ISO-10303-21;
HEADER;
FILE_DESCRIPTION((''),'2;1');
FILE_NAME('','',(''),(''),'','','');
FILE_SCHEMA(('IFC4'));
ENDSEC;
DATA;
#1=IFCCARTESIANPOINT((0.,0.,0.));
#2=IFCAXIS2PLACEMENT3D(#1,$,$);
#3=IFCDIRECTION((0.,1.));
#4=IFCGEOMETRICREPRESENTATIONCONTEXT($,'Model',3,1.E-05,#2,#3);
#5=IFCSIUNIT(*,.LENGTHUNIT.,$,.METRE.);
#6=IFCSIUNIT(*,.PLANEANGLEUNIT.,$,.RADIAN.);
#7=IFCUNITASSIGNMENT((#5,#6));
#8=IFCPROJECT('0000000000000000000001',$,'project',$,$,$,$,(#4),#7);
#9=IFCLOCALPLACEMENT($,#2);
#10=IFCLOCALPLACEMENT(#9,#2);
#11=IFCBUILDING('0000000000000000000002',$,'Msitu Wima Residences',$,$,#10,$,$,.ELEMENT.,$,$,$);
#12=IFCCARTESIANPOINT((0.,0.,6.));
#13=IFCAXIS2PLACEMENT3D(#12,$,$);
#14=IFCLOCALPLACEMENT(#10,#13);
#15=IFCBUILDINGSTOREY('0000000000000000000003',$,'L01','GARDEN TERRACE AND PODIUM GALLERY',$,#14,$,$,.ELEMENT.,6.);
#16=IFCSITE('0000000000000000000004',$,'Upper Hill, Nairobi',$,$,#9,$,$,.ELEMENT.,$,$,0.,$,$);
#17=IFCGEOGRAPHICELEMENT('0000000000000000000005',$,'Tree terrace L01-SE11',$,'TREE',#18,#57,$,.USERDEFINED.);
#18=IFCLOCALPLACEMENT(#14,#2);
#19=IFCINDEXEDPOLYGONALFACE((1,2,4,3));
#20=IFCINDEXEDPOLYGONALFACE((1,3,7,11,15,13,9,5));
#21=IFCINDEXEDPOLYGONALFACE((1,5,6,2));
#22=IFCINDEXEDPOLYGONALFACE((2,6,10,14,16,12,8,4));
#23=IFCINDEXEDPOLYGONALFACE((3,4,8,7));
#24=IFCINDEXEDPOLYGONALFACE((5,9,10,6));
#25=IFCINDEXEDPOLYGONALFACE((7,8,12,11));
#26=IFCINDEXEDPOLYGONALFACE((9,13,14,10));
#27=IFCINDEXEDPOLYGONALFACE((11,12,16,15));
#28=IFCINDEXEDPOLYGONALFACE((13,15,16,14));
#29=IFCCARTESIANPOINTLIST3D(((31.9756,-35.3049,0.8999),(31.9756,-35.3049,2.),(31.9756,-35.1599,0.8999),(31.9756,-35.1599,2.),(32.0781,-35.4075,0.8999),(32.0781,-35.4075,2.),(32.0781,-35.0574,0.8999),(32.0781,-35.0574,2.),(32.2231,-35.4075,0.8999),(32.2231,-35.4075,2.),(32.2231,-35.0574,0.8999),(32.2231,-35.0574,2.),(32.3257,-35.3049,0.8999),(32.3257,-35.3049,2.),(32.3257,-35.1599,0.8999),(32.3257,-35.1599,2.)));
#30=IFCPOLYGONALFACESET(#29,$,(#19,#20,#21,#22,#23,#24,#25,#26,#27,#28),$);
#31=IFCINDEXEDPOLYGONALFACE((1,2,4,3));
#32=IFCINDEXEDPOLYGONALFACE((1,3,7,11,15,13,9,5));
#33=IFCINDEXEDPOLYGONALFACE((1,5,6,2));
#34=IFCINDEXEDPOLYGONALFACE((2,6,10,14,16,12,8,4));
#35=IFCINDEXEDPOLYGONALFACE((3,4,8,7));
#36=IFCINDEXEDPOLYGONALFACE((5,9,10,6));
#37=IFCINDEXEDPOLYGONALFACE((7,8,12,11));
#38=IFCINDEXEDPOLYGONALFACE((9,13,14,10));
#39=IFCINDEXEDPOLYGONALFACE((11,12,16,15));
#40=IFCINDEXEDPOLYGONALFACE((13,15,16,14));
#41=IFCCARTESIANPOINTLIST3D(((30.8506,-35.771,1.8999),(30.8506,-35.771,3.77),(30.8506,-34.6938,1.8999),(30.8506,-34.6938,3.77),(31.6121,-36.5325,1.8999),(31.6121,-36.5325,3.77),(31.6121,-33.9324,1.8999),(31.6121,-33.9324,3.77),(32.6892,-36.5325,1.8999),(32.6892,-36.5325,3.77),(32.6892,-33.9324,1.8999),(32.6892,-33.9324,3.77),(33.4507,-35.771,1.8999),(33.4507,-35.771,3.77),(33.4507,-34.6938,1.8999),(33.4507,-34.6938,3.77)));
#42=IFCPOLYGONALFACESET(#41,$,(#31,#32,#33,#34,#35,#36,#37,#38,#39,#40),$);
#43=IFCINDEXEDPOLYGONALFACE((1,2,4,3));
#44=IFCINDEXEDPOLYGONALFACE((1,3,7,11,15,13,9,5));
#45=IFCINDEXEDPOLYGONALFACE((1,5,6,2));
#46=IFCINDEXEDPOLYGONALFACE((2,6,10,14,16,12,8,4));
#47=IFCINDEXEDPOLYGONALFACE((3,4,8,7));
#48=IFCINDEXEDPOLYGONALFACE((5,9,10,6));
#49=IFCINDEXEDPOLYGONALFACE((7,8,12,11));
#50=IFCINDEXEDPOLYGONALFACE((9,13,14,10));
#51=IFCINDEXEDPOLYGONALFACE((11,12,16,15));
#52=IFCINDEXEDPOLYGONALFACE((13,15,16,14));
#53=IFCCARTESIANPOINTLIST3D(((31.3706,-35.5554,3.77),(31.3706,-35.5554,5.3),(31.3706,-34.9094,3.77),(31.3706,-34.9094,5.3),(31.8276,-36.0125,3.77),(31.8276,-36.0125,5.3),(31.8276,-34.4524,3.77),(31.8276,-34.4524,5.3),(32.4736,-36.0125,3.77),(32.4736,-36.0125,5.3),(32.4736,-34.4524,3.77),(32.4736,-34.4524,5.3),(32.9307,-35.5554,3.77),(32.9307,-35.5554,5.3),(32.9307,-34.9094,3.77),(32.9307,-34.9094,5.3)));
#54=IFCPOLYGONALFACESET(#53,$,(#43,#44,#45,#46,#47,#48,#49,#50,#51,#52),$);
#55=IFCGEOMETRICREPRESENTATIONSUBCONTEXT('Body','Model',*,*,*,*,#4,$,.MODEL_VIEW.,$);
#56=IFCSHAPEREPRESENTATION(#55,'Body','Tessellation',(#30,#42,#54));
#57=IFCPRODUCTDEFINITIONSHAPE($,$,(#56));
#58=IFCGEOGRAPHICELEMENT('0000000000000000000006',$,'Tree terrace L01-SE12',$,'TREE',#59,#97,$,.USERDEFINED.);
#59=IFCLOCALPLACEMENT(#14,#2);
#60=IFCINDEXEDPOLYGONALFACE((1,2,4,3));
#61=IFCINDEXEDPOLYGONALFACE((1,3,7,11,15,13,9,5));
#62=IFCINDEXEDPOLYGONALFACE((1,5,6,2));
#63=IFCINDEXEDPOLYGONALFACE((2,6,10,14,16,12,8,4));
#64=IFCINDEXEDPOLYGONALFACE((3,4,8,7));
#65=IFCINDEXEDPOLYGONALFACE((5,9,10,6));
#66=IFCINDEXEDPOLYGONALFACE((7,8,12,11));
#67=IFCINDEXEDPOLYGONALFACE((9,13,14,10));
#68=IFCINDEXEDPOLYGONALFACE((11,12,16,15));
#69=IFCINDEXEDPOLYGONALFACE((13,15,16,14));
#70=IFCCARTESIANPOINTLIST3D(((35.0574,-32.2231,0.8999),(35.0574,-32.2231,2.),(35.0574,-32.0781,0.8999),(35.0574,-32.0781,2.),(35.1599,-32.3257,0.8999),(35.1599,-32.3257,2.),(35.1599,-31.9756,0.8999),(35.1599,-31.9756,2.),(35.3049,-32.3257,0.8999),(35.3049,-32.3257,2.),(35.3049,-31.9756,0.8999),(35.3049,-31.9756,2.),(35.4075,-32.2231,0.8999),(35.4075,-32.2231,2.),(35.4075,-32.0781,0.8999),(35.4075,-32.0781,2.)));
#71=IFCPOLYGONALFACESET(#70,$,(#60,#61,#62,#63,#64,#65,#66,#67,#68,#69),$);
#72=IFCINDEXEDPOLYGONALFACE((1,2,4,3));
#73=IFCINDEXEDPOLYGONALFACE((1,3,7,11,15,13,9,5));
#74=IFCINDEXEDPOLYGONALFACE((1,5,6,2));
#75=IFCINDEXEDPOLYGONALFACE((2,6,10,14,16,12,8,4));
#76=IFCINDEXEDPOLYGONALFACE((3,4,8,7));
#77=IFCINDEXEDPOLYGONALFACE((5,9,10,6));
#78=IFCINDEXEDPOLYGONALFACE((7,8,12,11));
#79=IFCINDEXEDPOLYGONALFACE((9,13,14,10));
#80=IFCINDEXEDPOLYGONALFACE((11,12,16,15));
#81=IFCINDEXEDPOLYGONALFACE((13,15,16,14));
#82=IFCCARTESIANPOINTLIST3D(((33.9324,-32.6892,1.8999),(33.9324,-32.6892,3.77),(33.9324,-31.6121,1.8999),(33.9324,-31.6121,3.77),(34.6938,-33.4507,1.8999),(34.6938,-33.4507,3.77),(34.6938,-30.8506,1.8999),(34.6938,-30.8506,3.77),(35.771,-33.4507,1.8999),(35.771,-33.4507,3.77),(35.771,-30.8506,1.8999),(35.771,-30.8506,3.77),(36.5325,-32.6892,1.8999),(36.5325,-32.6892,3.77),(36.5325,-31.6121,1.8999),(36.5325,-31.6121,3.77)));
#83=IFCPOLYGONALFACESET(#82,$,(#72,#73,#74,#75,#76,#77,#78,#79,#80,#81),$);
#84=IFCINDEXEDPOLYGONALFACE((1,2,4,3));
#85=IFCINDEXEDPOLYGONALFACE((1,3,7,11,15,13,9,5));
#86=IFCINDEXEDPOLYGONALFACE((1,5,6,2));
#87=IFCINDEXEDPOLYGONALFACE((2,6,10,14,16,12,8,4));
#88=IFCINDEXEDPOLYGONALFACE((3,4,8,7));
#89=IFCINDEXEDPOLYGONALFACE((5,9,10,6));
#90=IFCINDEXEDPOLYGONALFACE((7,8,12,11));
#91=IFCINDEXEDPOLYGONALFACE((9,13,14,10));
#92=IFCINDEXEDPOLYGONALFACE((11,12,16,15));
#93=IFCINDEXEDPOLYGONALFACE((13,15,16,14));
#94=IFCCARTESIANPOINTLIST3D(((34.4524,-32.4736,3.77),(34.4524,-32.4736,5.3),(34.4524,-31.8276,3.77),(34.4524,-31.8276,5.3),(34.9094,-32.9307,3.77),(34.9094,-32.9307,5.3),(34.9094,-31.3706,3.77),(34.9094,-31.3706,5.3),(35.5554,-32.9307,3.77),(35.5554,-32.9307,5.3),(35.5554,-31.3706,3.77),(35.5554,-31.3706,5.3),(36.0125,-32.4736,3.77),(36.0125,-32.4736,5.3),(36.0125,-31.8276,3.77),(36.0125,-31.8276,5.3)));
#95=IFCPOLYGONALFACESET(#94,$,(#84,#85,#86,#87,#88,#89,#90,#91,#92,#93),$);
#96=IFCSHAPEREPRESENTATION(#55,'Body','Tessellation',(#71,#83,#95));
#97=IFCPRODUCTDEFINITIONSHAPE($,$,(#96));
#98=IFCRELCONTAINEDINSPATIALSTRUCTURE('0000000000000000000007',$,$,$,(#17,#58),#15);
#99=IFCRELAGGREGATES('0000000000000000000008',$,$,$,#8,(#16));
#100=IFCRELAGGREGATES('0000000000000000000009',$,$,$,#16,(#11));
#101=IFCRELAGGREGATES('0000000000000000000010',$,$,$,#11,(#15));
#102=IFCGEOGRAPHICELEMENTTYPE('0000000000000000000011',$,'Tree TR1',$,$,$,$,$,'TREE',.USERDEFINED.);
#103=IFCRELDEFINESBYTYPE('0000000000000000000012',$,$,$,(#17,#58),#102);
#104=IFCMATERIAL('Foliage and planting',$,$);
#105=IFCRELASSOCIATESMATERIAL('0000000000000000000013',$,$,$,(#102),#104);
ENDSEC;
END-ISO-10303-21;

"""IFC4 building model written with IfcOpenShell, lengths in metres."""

from ifc_helpers import new_model, si_unit, direction, frame, origin, place, context, subcontext, project, spatial, polyline, outline, extrude, material, type_object, element, save


model = new_model("IFC4")

# Units and contexts
model_context = context("Model", 3, precision=1e-05, world=origin(), true_north=direction((0.0, 1.0)))
body_context = subcontext(model_context, "Body", "Model", "MODEL_VIEW")
ifc_project = project(units=[si_unit("LENGTHUNIT", "METRE"), si_unit("PLANEANGLEUNIT", "RADIAN")], contexts=[model_context])

# Site, building, storey
site_placement = place(None, origin())
site = spatial("IfcSite", under=ifc_project, at=site_placement, Name="Upper Hill, Nairobi", CompositionType="ELEMENT", RefElevation=0.0)
building_placement = place(site_placement, origin())
building = spatial("IfcBuilding", under=site, at=building_placement, Name="Msitu Wima Residences", CompositionType="ELEMENT")
storey_placement = place(building_placement, frame((0.0, 0.0, 6.0)))
storey = spatial("IfcBuildingStorey", under=building, at=storey_placement, Name="L01", Description="GARDEN TERRACE AND PODIUM GALLERY", CompositionType="ELEMENT", Elevation=6.0)

# Geographic elements
ifc_material_1 = material(Name="Foliage and planting")
geographic_element_type = type_object("IfcGeographicElementType", Name="Tree TR1", ElementType="TREE", PredefinedType="USERDEFINED", material=ifc_material_1)
for number, where, z_axis, x_axis, name in (
    (1, (32.1506, -35.2324, 0.8999), (0.0, 0.0, 1.0), (1.0, 0.0, 0.0), "Tree terrace L01-SE11"),
    (2, (35.2324, -32.1506, 0.8999), (0.0, 0.0, 1.0), (1.0, 0.0, 0.0), "Tree terrace L01-SE12"),
):
    element("IfcGeographicElement", number, at=place(storey_placement, frame(where, z_axis=z_axis, x_axis=x_axis)), inside=storey, type_object=geographic_element_type, Name=name, ObjectType="TREE", PredefinedType="USERDEFINED", context=body_context, shape_type="SweptSolid", body=[
        extrude(outline(polyline([(0.175, 0.0725), (0.0725, 0.175), (-0.0725, 0.175), (-0.175, 0.0725), (-0.175, -0.0725), (-0.0725, -0.175), (0.0725, -0.175), (0.175, -0.0725), (0.175, 0.0725)])), origin(), (0.0, 0.0, 1.0), 1.1001),
        extrude(outline(polyline([(1.3, 0.5386), (0.5386, 1.3), (-0.5386, 1.3), (-1.3, 0.5386), (-1.3, -0.5386), (-0.5386, -1.3), (0.5386, -1.3), (1.3, -0.5386), (1.3, 0.5386)])), frame((0.0, 0.0, 1.0)), (0.0, 0.0, 1.0), 1.8701),
        extrude(outline(polyline([(0.78, 0.323), (0.323, 0.78), (-0.323, 0.78), (-0.78, 0.323), (-0.78, -0.323), (-0.323, -0.78), (0.323, -0.78), (0.78, -0.323), (0.78, 0.323)])), frame((0.0, 0.0, 2.8701)), (0.0, 0.0, 1.0), 1.53),
    ])

save(model, "model.ifc")
